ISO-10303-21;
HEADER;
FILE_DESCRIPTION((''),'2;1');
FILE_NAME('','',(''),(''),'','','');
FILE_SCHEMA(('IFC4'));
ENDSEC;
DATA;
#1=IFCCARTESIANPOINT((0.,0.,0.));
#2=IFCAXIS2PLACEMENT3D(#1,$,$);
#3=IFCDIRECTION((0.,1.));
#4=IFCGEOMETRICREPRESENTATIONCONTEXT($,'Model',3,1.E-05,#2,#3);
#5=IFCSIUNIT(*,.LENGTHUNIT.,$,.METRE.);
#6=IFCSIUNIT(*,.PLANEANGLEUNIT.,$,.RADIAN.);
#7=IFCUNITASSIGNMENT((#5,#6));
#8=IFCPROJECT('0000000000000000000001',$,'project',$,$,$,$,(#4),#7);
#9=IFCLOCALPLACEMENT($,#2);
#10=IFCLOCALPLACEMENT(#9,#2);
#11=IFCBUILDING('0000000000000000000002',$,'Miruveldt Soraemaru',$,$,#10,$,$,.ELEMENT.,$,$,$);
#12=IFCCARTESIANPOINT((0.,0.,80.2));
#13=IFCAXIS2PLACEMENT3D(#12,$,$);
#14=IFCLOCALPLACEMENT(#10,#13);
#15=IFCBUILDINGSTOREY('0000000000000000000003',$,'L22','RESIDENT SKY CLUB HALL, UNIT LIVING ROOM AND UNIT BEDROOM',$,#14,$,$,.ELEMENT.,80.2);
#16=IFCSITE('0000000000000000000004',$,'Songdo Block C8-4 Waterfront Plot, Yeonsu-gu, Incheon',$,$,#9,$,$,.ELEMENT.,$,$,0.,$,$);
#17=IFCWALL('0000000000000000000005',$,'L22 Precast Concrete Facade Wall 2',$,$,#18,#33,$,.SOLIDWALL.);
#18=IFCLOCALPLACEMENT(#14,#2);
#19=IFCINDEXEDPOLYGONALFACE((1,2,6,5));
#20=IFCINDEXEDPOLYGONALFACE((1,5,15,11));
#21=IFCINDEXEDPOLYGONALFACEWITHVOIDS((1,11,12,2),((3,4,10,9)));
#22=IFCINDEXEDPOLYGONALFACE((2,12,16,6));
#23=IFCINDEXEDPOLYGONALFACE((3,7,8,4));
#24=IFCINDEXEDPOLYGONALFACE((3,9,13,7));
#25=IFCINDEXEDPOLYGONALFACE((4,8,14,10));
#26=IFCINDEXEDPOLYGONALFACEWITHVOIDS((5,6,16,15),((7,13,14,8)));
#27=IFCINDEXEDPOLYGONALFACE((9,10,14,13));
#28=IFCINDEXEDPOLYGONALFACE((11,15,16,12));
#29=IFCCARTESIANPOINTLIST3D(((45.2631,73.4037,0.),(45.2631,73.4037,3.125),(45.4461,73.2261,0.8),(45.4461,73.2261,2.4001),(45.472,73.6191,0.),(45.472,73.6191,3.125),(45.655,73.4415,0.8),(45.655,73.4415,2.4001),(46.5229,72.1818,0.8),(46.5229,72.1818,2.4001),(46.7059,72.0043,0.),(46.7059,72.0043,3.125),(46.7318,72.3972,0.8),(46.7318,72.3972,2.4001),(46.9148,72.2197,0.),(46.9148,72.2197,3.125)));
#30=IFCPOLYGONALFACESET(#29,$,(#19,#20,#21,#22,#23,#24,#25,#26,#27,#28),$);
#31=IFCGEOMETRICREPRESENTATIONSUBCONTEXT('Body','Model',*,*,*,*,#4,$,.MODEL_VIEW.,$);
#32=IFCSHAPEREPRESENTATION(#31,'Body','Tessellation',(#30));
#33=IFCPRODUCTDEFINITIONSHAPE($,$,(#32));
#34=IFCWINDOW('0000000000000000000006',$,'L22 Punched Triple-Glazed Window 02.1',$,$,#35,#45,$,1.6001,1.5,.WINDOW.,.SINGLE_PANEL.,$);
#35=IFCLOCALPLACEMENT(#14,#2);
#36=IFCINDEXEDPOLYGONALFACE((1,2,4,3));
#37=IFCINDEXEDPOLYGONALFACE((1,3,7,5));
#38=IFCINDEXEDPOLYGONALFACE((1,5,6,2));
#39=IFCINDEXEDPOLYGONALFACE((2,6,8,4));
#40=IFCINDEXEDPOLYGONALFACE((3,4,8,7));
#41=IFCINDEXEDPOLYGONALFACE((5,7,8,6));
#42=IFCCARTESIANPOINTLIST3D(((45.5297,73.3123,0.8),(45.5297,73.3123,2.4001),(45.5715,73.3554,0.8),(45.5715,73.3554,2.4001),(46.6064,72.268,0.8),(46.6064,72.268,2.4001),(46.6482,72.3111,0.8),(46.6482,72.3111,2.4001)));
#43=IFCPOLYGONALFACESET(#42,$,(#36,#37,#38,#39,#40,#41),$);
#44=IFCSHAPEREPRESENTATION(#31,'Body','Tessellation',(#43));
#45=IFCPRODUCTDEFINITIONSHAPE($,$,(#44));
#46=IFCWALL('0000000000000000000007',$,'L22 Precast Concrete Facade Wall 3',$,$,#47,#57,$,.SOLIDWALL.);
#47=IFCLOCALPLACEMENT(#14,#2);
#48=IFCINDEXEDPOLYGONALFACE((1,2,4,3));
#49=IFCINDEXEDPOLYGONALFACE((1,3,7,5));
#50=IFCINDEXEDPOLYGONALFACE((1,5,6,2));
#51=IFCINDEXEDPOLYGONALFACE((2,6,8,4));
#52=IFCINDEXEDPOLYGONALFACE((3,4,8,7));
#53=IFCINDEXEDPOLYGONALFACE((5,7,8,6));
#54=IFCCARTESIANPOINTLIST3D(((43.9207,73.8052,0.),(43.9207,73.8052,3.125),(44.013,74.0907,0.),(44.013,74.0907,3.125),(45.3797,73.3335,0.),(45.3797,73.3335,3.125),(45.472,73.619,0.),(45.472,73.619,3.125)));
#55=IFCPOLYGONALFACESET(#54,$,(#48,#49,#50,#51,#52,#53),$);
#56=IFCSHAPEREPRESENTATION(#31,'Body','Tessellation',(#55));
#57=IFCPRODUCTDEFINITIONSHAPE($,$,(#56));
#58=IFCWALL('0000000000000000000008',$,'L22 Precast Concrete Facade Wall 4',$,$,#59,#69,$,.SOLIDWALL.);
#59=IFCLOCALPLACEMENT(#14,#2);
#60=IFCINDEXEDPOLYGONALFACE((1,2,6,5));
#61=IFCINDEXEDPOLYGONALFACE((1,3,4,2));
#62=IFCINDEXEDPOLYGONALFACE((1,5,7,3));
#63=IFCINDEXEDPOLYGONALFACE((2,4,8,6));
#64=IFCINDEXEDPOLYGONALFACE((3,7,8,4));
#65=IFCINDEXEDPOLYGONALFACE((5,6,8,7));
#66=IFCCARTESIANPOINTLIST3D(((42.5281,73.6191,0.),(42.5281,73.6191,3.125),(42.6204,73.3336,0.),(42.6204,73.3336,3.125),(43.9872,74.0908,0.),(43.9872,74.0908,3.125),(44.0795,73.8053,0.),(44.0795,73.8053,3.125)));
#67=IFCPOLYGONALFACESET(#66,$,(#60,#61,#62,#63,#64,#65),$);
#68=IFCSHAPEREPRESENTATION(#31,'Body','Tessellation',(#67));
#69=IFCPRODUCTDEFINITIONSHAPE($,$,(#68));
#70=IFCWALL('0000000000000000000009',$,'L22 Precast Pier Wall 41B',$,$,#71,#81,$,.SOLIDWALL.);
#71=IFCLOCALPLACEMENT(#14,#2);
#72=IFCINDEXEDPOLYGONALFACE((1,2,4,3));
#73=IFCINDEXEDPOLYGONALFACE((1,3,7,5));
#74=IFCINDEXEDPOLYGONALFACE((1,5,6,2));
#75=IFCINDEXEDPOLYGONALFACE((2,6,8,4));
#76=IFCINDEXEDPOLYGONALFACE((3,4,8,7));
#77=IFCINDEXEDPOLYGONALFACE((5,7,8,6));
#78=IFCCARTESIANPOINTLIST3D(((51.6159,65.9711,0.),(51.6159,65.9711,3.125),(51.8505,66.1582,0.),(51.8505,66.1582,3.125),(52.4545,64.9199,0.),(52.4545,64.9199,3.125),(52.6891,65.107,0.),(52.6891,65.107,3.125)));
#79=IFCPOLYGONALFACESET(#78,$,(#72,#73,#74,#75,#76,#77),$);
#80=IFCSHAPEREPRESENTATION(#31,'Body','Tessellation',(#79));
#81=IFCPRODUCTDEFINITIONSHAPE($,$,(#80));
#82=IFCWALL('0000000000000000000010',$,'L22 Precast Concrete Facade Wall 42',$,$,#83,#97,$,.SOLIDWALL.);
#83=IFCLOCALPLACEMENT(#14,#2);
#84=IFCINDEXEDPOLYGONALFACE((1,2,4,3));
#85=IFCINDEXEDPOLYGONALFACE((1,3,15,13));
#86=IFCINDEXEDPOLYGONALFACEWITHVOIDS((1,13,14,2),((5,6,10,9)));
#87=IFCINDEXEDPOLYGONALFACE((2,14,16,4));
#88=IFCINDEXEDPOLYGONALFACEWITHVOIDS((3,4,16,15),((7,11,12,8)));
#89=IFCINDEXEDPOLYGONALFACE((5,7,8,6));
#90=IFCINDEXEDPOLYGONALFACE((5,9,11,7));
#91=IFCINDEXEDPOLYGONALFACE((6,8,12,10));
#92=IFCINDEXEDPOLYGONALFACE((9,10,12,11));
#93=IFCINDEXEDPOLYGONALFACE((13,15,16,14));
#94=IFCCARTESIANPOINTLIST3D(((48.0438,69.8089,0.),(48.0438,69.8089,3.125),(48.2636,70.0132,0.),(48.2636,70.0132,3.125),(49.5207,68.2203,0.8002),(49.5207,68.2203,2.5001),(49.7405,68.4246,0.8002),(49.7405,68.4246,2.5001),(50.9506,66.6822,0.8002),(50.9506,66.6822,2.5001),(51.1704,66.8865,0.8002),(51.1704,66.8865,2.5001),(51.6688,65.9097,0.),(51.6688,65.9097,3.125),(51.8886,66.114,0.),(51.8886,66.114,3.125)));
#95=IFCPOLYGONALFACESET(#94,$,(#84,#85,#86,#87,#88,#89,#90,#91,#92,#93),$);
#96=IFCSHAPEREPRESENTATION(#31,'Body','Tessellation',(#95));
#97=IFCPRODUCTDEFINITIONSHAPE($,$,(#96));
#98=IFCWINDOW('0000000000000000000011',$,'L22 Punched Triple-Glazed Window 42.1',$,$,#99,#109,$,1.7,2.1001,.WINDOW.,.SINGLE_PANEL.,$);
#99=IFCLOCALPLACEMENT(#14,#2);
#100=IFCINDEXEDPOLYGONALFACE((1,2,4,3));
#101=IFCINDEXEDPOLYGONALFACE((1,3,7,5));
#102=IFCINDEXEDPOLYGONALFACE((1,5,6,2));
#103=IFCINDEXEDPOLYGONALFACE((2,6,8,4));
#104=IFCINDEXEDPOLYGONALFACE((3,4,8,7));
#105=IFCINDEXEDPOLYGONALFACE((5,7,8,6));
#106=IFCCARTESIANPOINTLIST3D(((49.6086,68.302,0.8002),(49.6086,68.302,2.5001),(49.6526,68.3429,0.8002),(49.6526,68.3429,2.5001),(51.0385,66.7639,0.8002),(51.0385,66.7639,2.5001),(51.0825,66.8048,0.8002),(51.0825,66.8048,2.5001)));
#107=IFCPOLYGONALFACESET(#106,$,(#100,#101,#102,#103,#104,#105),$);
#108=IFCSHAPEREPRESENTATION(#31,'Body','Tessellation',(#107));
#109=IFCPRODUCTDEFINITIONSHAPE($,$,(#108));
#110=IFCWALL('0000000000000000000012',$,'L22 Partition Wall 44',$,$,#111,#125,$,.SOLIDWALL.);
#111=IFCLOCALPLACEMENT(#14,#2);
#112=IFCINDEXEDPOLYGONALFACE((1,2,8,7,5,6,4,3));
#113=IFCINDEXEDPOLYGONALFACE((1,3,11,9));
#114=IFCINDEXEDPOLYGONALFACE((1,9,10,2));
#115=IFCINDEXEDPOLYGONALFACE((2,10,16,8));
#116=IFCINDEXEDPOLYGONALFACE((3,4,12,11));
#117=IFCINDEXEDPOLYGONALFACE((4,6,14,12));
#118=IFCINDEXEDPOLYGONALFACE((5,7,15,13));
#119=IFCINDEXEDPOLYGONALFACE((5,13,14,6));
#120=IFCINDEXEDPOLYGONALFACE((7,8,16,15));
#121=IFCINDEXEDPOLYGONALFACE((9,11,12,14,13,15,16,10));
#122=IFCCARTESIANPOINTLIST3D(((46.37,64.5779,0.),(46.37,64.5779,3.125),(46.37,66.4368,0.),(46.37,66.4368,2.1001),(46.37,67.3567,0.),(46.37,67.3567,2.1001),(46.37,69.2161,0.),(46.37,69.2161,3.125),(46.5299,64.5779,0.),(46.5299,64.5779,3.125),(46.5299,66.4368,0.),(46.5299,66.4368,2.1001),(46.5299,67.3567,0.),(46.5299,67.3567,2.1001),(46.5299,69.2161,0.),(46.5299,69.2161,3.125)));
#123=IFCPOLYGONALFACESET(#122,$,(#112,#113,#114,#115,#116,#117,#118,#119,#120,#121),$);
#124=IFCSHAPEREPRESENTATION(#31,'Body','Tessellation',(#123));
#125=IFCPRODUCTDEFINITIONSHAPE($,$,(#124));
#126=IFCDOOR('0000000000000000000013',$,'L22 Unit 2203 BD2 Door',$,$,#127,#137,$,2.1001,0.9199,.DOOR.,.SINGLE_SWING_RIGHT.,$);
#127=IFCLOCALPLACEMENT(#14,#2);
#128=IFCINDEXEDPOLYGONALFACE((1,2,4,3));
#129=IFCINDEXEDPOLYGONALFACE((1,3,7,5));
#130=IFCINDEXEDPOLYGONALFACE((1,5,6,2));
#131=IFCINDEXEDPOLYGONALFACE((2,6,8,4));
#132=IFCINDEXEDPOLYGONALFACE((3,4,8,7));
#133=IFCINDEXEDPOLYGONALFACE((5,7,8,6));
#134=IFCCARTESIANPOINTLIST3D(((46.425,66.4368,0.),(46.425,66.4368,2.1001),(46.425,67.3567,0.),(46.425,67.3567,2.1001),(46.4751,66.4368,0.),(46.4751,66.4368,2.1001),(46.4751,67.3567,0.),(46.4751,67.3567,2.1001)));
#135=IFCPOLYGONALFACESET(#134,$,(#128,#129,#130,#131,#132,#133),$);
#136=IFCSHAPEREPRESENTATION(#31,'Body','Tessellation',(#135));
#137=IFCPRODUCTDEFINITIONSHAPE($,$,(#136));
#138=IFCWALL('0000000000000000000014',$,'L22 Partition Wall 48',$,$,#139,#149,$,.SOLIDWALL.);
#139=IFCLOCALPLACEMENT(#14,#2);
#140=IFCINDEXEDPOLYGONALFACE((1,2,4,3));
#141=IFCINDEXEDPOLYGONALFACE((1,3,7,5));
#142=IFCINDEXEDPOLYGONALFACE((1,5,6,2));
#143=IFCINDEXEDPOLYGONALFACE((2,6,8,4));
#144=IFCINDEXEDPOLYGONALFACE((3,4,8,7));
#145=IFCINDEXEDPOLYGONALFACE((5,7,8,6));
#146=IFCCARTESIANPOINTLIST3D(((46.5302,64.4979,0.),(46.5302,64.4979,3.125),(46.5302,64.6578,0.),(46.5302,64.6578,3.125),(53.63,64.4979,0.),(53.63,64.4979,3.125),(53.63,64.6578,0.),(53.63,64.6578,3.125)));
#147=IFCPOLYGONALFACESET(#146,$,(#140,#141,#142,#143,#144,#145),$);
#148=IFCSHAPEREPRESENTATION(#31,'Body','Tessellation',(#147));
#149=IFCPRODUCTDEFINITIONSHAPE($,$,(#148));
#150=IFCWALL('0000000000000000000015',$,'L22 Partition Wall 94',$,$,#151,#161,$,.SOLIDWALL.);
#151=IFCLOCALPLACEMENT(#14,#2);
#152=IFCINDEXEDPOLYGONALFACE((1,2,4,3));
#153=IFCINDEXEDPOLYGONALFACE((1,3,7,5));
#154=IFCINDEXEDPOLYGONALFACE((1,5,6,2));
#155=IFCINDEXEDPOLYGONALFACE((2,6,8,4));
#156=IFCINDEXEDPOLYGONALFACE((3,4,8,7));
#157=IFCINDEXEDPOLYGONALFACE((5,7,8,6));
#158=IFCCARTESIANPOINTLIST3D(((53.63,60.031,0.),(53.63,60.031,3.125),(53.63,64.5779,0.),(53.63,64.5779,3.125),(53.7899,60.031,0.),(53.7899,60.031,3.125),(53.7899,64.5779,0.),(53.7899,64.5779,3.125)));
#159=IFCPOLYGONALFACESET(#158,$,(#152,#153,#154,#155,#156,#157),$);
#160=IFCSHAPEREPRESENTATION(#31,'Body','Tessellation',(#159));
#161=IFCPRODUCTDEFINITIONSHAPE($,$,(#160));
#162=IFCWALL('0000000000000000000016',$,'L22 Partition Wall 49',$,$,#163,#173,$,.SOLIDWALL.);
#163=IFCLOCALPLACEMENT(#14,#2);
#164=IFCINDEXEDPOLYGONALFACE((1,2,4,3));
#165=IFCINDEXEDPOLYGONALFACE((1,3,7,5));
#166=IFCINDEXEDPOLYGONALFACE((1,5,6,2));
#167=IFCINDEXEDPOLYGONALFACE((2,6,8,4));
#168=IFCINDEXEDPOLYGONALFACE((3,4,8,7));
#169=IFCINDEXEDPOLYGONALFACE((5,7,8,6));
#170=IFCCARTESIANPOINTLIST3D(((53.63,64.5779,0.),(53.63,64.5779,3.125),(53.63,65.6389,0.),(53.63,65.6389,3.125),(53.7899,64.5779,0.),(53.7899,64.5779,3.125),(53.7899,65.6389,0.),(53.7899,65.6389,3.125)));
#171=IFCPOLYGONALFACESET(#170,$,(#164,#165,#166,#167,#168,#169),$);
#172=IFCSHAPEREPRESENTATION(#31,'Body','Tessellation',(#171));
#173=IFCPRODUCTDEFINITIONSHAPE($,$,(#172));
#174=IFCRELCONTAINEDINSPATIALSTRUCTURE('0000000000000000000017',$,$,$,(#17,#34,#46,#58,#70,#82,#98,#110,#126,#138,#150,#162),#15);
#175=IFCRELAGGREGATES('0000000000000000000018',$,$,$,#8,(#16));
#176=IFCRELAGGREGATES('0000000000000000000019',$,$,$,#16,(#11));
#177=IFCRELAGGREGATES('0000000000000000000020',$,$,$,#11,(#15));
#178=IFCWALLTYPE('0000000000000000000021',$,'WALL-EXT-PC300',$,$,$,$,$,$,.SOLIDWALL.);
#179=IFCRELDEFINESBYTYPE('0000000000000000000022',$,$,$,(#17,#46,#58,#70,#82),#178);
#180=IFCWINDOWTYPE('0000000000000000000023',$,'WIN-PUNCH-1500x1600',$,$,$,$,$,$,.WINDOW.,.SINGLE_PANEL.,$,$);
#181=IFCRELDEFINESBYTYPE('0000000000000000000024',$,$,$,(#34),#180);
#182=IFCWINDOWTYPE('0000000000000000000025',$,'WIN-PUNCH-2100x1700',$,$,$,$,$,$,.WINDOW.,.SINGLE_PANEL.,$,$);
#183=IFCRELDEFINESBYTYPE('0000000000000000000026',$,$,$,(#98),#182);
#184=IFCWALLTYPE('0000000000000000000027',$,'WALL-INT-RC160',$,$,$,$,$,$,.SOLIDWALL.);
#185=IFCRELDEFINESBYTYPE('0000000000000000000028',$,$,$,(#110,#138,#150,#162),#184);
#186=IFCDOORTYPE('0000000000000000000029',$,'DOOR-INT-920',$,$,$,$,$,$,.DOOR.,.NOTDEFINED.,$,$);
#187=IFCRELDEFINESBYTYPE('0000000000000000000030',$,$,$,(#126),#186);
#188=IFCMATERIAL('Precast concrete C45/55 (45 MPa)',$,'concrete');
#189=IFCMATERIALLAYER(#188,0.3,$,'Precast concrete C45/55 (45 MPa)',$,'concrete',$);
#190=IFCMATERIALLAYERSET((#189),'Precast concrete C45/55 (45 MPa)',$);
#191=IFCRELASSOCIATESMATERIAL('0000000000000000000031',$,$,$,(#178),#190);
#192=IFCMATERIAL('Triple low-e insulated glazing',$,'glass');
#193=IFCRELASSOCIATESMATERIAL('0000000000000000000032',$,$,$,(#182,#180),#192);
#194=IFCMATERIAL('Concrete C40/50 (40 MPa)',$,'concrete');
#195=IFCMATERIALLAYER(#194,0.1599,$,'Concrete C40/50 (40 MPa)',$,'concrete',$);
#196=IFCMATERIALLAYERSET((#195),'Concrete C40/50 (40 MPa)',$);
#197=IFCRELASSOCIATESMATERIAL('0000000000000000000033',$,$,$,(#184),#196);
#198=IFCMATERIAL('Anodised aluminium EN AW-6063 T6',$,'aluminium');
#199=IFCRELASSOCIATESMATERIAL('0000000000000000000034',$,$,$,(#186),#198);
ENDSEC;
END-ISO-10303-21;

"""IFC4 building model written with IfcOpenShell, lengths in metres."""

from ifc_helpers import new_model, si_unit, direction, frame, frame_2d, origin, place, context, subcontext, project, spatial, rectangle, extrude, material, layer, layer_set, type_object, element, fill, save


model = new_model("IFC4")

# Units and contexts
model_context = context("Model", 3, precision=1e-05, world=origin(), true_north=direction((0.0, 1.0)))
body_context = subcontext(model_context, "Body", "Model", "MODEL_VIEW")
ifc_project = project(units=[si_unit("LENGTHUNIT", "METRE"), si_unit("PLANEANGLEUNIT", "RADIAN")], contexts=[model_context])

# Site, building, storey
site_placement = place(None, origin())
site = spatial("IfcSite", under=ifc_project, at=site_placement, Name="Songdo Block C8-4 Waterfront Plot, Yeonsu-gu, Incheon", CompositionType="ELEMENT", RefElevation=0.0)
building_placement = place(site_placement, origin())
building = spatial("IfcBuilding", under=site, at=building_placement, Name="Miruveldt Soraemaru", CompositionType="ELEMENT")
storey_placement = place(building_placement, frame((0.0, 0.0, 80.2)))
storey = spatial("IfcBuildingStorey", under=building, at=storey_placement, Name="L22", Description="RESIDENT SKY CLUB HALL, UNIT LIVING ROOM AND UNIT BEDROOM", CompositionType="ELEMENT", Elevation=80.2)

# Shared definitions
ifc_material_1 = material(Name="Anodised aluminium EN AW-6063 T6", Category="aluminium")

# Wall, opening, window
ifc_material_2 = material(Name="Triple low-e insulated glazing", Category="glass")
ifc_material_3 = material(Name="Precast concrete C45/55 (45 MPa)", Category="concrete")
ifc_layer_1 = layer(ifc_material_3, 0.3, Name="Precast concrete C45/55 (45 MPa)", Category="concrete")
ifc_layer_set_1 = layer_set([ifc_layer_1], Name="Precast concrete C45/55 (45 MPa)")
wall_type_1 = type_object("IfcWallType", Name="WALL-EXT-PC300", PredefinedType="SOLIDWALL", material=ifc_layer_set_1)
window_type_1 = type_object("IfcWindowType", Name="WIN-PUNCH-2100x1700", PartitioningType="SINGLE_PANEL", PredefinedType="WINDOW", material=ifc_material_2)
wall_1_placement = place(storey_placement, frame((46.8103, 72.1121, 0.0), z_axis=(0.0, 0.0, 1.0), x_axis=(-0.717834, 0.696214, 0.0)))
wall_1 = element("IfcWall", 1, at=wall_1_placement, inside=storey, type_object=wall_type_1, Name="L22 Precast Concrete Facade Wall 2", PredefinedType="SOLIDWALL", context=body_context, shape_type="SweptSolid", body=[
    extrude(rectangle(XDim=2.01, YDim=0.3, at=frame_2d((1.0049, 0.0))), origin(), (0.0, 0.0, 1.0), 3.125),
])
opening_1_placement = place(wall_1_placement, frame((0.2549, 0.0, 0.8)))
opening_1 = element("IfcOpeningElement", 2, at=opening_1_placement, cuts=wall_1, PredefinedType="OPENING", context=body_context, shape_type="SweptSolid", body=[
    extrude(rectangle(XDim=1.5, YDim=1.6001, at=frame_2d((0.75, 0.8))), frame((0.0, 0.1602, 0.0), z_axis=(0.0, -1.0, 0.0), x_axis=(1.0, 0.0, 0.0)), (0.0, 0.0, 1.0), 0.3201),
])
window_type_2 = type_object("IfcWindowType", Name="WIN-PUNCH-1500x1600", PartitioningType="SINGLE_PANEL", PredefinedType="WINDOW", material=ifc_material_2)
window_1_placement = place(opening_1_placement, origin())
window_1 = element("IfcWindow", 3, at=window_1_placement, inside=storey, type_object=window_type_2, Name="L22 Punched Triple-Glazed Window 02.1", OverallHeight=1.6001, OverallWidth=1.5, PartitioningType="SINGLE_PANEL", PredefinedType="WINDOW", context=body_context, shape_type="SweptSolid", body=[
    extrude(rectangle(XDim=1.5, YDim=1.6001, at=frame_2d((0.75, 0.8))), frame((0.0, 0.03, 0.0), z_axis=(0.0, -1.0, 0.0), x_axis=(1.0, 0.0, 0.0)), (0.0, 0.0, 1.0), 0.0601),
])
fill(opening_1, window_1)

# Walls
for number, where, z_axis, x_axis, name in (
    (4, (45.4258, 73.4763, 0.0), (0.0, 0.0, 1.0), (-0.95151, 0.307617, 0.0), "L22 Precast Concrete Facade Wall 3"),
    (5, (44.0332, 73.948, 0.0), (0.0, 0.0, 1.0), (-0.95151, -0.307617, 0.0), "L22 Precast Concrete Facade Wall 4"),
):
    element("IfcWall", number, at=place(storey_placement, frame(where, z_axis=z_axis, x_axis=x_axis)), inside=storey, type_object=wall_type_1, Name=name, PredefinedType="SOLIDWALL", context=body_context, shape_type="SweptSolid", body=[
        extrude(rectangle(XDim=1.5334, YDim=0.3, at=frame_2d((0.7666, 0.0))), origin(), (0.0, 0.0, 1.0), 3.125),
    ])
wall_2_placement = place(storey_placement, frame((52.5718, 65.0134, 0.0), z_axis=(0.0, 0.0, 1.0), x_axis=(-0.62361, 0.781736, 0.0)))
element("IfcWall", 6, at=wall_2_placement, inside=storey, type_object=wall_type_1, Name="L22 Precast Pier Wall 41B", PredefinedType="SOLIDWALL", context=body_context, shape_type="SweptSolid", body=[
    extrude(rectangle(XDim=1.3447, YDim=0.3, at=frame_2d((0.6724, 0.0))), origin(), (0.0, 0.0, 1.0), 3.125),
])

# Wall, opening, window
wall_3_placement = place(storey_placement, frame((51.7788, 66.0117, 0.0), z_axis=(0.0, 0.0, 1.0), x_axis=(-0.680889, 0.732387, 0.0)))
wall_3 = element("IfcWall", 7, at=wall_3_placement, inside=storey, type_object=wall_type_1, Name="L22 Precast Concrete Facade Wall 42", PredefinedType="SOLIDWALL", context=body_context, shape_type="SweptSolid", body=[
    extrude(rectangle(XDim=5.324, YDim=0.3, at=frame_2d((2.6621, 0.0))), origin(), (0.0, 0.0, 1.0), 3.125),
])
opening_2_placement = place(wall_3_placement, frame((1.0549, 0.0, 0.8)))
opening_2 = element("IfcOpeningElement", 8, at=opening_2_placement, cuts=wall_3, PredefinedType="OPENING", context=body_context, shape_type="SweptSolid", body=[
    extrude(rectangle(XDim=2.1001, YDim=1.7, at=frame_2d((1.05, 0.8501))), frame((0.0, 0.1602, 0.0), z_axis=(0.0, -1.0, 0.0), x_axis=(1.0, 0.0, 0.0)), (0.0, 0.0, 1.0), 0.3201),
])
window_2_placement = place(opening_2_placement, origin())
window_2 = element("IfcWindow", 9, at=window_2_placement, inside=storey, type_object=window_type_1, Name="L22 Punched Triple-Glazed Window 42.1", OverallHeight=1.7, OverallWidth=2.1001, PartitioningType="SINGLE_PANEL", PredefinedType="WINDOW", context=body_context, shape_type="SweptSolid", body=[
    extrude(rectangle(XDim=2.1001, YDim=1.7, at=frame_2d((1.05, 0.8501))), frame((0.0, 0.03, 0.0), z_axis=(0.0, -1.0, 0.0), x_axis=(1.0, 0.0, 0.0)), (0.0, 0.0, 1.0), 0.0601),
])
fill(opening_2, window_2)

# Wall, opening, door
ifc_material_4 = material(Name="Concrete C40/50 (40 MPa)", Category="concrete")
ifc_layer_2 = layer(ifc_material_4, 0.1599, Name="Concrete C40/50 (40 MPa)", Category="concrete")
ifc_layer_set_2 = layer_set([ifc_layer_2], Name="Concrete C40/50 (40 MPa)")
wall_type_2 = type_object("IfcWallType", Name="WALL-INT-RC160", PredefinedType="SOLIDWALL", material=ifc_layer_set_2)
wall_4_placement = place(storey_placement, frame((46.45, 64.5779, 0.0), z_axis=(0.0, 0.0, 1.0), x_axis=(0.0, 1.0, 0.0)))
wall_4 = element("IfcWall", 10, at=wall_4_placement, inside=storey, type_object=wall_type_2, Name="L22 Partition Wall 44", PredefinedType="SOLIDWALL", context=body_context, shape_type="SweptSolid", body=[
    extrude(rectangle(XDim=4.6382, YDim=0.1599, at=frame_2d((2.3191, 0.0))), origin(), (0.0, 0.0, 1.0), 3.125),
])
opening_3_placement = place(wall_4_placement, frame((1.8589, 0.0, 0.0)))
opening_3 = element("IfcOpeningElement", 11, at=opening_3_placement, cuts=wall_4, PredefinedType="OPENING", context=body_context, shape_type="SweptSolid", body=[
    extrude(rectangle(XDim=0.9199, YDim=2.1001, at=frame_2d((0.46, 1.05))), frame((0.0, 0.0898, 0.0), z_axis=(0.0, -1.0, 0.0), x_axis=(1.0, 0.0, 0.0)), (0.0, 0.0, 1.0), 0.1799),
])
door_type = type_object("IfcDoorType", Name="DOOR-INT-920", OperationType="NOTDEFINED", PredefinedType="DOOR", material=ifc_material_1)
door_placement = place(opening_3_placement, origin())
door = element("IfcDoor", 12, at=door_placement, inside=storey, type_object=door_type, Name="L22 Unit 2203 BD2 Door", OperationType="SINGLE_SWING_RIGHT", OverallHeight=2.1001, OverallWidth=0.9199, PredefinedType="DOOR", context=body_context, shape_type="SweptSolid", body=[
    extrude(rectangle(XDim=0.9199, YDim=2.1001, at=frame_2d((0.46, 1.05))), frame((0.0, 0.0249, 0.0), z_axis=(0.0, -1.0, 0.0), x_axis=(1.0, 0.0, 0.0)), (0.0, 0.0, 1.0), 0.05),
])
fill(opening_3, door)

# Walls
wall_5_placement = place(storey_placement, frame((53.6299, 64.5779, 0.0), z_axis=(0.0, 0.0, 1.0), x_axis=(-1.0, 0.0, 0.0)))
element("IfcWall", 13, at=wall_5_placement, inside=storey, type_object=wall_type_2, Name="L22 Partition Wall 48", PredefinedType="SOLIDWALL", context=body_context, shape_type="SweptSolid", body=[
    extrude(rectangle(XDim=7.0999, YDim=0.1599, at=frame_2d((3.5498, 0.0))), origin(), (0.0, 0.0, 1.0), 3.125),
])
wall_6_placement = place(storey_placement, frame((53.71, 64.5779, 0.0), z_axis=(0.0, 0.0, 1.0), x_axis=(0.0, -1.0, 0.0)))
element("IfcWall", 14, at=wall_6_placement, inside=storey, type_object=wall_type_2, Name="L22 Partition Wall 94", PredefinedType="SOLIDWALL", context=body_context, shape_type="SweptSolid", body=[
    extrude(rectangle(XDim=4.5469, YDim=0.1599, at=frame_2d((2.2734, 0.0))), origin(), (0.0, 0.0, 1.0), 3.125),
])
wall_7_placement = place(storey_placement, frame((53.71, 64.5779, 0.0), z_axis=(0.0, 0.0, 1.0), x_axis=(0.0, 1.0, 0.0)))
element("IfcWall", 15, at=wall_7_placement, inside=storey, type_object=wall_type_2, Name="L22 Partition Wall 49", PredefinedType="SOLIDWALL", context=body_context, shape_type="SweptSolid", body=[
    extrude(rectangle(XDim=1.061, YDim=0.1599, at=frame_2d((0.5305, 0.0))), origin(), (0.0, 0.0, 1.0), 3.125),
])

save(model, "model.ifc")
